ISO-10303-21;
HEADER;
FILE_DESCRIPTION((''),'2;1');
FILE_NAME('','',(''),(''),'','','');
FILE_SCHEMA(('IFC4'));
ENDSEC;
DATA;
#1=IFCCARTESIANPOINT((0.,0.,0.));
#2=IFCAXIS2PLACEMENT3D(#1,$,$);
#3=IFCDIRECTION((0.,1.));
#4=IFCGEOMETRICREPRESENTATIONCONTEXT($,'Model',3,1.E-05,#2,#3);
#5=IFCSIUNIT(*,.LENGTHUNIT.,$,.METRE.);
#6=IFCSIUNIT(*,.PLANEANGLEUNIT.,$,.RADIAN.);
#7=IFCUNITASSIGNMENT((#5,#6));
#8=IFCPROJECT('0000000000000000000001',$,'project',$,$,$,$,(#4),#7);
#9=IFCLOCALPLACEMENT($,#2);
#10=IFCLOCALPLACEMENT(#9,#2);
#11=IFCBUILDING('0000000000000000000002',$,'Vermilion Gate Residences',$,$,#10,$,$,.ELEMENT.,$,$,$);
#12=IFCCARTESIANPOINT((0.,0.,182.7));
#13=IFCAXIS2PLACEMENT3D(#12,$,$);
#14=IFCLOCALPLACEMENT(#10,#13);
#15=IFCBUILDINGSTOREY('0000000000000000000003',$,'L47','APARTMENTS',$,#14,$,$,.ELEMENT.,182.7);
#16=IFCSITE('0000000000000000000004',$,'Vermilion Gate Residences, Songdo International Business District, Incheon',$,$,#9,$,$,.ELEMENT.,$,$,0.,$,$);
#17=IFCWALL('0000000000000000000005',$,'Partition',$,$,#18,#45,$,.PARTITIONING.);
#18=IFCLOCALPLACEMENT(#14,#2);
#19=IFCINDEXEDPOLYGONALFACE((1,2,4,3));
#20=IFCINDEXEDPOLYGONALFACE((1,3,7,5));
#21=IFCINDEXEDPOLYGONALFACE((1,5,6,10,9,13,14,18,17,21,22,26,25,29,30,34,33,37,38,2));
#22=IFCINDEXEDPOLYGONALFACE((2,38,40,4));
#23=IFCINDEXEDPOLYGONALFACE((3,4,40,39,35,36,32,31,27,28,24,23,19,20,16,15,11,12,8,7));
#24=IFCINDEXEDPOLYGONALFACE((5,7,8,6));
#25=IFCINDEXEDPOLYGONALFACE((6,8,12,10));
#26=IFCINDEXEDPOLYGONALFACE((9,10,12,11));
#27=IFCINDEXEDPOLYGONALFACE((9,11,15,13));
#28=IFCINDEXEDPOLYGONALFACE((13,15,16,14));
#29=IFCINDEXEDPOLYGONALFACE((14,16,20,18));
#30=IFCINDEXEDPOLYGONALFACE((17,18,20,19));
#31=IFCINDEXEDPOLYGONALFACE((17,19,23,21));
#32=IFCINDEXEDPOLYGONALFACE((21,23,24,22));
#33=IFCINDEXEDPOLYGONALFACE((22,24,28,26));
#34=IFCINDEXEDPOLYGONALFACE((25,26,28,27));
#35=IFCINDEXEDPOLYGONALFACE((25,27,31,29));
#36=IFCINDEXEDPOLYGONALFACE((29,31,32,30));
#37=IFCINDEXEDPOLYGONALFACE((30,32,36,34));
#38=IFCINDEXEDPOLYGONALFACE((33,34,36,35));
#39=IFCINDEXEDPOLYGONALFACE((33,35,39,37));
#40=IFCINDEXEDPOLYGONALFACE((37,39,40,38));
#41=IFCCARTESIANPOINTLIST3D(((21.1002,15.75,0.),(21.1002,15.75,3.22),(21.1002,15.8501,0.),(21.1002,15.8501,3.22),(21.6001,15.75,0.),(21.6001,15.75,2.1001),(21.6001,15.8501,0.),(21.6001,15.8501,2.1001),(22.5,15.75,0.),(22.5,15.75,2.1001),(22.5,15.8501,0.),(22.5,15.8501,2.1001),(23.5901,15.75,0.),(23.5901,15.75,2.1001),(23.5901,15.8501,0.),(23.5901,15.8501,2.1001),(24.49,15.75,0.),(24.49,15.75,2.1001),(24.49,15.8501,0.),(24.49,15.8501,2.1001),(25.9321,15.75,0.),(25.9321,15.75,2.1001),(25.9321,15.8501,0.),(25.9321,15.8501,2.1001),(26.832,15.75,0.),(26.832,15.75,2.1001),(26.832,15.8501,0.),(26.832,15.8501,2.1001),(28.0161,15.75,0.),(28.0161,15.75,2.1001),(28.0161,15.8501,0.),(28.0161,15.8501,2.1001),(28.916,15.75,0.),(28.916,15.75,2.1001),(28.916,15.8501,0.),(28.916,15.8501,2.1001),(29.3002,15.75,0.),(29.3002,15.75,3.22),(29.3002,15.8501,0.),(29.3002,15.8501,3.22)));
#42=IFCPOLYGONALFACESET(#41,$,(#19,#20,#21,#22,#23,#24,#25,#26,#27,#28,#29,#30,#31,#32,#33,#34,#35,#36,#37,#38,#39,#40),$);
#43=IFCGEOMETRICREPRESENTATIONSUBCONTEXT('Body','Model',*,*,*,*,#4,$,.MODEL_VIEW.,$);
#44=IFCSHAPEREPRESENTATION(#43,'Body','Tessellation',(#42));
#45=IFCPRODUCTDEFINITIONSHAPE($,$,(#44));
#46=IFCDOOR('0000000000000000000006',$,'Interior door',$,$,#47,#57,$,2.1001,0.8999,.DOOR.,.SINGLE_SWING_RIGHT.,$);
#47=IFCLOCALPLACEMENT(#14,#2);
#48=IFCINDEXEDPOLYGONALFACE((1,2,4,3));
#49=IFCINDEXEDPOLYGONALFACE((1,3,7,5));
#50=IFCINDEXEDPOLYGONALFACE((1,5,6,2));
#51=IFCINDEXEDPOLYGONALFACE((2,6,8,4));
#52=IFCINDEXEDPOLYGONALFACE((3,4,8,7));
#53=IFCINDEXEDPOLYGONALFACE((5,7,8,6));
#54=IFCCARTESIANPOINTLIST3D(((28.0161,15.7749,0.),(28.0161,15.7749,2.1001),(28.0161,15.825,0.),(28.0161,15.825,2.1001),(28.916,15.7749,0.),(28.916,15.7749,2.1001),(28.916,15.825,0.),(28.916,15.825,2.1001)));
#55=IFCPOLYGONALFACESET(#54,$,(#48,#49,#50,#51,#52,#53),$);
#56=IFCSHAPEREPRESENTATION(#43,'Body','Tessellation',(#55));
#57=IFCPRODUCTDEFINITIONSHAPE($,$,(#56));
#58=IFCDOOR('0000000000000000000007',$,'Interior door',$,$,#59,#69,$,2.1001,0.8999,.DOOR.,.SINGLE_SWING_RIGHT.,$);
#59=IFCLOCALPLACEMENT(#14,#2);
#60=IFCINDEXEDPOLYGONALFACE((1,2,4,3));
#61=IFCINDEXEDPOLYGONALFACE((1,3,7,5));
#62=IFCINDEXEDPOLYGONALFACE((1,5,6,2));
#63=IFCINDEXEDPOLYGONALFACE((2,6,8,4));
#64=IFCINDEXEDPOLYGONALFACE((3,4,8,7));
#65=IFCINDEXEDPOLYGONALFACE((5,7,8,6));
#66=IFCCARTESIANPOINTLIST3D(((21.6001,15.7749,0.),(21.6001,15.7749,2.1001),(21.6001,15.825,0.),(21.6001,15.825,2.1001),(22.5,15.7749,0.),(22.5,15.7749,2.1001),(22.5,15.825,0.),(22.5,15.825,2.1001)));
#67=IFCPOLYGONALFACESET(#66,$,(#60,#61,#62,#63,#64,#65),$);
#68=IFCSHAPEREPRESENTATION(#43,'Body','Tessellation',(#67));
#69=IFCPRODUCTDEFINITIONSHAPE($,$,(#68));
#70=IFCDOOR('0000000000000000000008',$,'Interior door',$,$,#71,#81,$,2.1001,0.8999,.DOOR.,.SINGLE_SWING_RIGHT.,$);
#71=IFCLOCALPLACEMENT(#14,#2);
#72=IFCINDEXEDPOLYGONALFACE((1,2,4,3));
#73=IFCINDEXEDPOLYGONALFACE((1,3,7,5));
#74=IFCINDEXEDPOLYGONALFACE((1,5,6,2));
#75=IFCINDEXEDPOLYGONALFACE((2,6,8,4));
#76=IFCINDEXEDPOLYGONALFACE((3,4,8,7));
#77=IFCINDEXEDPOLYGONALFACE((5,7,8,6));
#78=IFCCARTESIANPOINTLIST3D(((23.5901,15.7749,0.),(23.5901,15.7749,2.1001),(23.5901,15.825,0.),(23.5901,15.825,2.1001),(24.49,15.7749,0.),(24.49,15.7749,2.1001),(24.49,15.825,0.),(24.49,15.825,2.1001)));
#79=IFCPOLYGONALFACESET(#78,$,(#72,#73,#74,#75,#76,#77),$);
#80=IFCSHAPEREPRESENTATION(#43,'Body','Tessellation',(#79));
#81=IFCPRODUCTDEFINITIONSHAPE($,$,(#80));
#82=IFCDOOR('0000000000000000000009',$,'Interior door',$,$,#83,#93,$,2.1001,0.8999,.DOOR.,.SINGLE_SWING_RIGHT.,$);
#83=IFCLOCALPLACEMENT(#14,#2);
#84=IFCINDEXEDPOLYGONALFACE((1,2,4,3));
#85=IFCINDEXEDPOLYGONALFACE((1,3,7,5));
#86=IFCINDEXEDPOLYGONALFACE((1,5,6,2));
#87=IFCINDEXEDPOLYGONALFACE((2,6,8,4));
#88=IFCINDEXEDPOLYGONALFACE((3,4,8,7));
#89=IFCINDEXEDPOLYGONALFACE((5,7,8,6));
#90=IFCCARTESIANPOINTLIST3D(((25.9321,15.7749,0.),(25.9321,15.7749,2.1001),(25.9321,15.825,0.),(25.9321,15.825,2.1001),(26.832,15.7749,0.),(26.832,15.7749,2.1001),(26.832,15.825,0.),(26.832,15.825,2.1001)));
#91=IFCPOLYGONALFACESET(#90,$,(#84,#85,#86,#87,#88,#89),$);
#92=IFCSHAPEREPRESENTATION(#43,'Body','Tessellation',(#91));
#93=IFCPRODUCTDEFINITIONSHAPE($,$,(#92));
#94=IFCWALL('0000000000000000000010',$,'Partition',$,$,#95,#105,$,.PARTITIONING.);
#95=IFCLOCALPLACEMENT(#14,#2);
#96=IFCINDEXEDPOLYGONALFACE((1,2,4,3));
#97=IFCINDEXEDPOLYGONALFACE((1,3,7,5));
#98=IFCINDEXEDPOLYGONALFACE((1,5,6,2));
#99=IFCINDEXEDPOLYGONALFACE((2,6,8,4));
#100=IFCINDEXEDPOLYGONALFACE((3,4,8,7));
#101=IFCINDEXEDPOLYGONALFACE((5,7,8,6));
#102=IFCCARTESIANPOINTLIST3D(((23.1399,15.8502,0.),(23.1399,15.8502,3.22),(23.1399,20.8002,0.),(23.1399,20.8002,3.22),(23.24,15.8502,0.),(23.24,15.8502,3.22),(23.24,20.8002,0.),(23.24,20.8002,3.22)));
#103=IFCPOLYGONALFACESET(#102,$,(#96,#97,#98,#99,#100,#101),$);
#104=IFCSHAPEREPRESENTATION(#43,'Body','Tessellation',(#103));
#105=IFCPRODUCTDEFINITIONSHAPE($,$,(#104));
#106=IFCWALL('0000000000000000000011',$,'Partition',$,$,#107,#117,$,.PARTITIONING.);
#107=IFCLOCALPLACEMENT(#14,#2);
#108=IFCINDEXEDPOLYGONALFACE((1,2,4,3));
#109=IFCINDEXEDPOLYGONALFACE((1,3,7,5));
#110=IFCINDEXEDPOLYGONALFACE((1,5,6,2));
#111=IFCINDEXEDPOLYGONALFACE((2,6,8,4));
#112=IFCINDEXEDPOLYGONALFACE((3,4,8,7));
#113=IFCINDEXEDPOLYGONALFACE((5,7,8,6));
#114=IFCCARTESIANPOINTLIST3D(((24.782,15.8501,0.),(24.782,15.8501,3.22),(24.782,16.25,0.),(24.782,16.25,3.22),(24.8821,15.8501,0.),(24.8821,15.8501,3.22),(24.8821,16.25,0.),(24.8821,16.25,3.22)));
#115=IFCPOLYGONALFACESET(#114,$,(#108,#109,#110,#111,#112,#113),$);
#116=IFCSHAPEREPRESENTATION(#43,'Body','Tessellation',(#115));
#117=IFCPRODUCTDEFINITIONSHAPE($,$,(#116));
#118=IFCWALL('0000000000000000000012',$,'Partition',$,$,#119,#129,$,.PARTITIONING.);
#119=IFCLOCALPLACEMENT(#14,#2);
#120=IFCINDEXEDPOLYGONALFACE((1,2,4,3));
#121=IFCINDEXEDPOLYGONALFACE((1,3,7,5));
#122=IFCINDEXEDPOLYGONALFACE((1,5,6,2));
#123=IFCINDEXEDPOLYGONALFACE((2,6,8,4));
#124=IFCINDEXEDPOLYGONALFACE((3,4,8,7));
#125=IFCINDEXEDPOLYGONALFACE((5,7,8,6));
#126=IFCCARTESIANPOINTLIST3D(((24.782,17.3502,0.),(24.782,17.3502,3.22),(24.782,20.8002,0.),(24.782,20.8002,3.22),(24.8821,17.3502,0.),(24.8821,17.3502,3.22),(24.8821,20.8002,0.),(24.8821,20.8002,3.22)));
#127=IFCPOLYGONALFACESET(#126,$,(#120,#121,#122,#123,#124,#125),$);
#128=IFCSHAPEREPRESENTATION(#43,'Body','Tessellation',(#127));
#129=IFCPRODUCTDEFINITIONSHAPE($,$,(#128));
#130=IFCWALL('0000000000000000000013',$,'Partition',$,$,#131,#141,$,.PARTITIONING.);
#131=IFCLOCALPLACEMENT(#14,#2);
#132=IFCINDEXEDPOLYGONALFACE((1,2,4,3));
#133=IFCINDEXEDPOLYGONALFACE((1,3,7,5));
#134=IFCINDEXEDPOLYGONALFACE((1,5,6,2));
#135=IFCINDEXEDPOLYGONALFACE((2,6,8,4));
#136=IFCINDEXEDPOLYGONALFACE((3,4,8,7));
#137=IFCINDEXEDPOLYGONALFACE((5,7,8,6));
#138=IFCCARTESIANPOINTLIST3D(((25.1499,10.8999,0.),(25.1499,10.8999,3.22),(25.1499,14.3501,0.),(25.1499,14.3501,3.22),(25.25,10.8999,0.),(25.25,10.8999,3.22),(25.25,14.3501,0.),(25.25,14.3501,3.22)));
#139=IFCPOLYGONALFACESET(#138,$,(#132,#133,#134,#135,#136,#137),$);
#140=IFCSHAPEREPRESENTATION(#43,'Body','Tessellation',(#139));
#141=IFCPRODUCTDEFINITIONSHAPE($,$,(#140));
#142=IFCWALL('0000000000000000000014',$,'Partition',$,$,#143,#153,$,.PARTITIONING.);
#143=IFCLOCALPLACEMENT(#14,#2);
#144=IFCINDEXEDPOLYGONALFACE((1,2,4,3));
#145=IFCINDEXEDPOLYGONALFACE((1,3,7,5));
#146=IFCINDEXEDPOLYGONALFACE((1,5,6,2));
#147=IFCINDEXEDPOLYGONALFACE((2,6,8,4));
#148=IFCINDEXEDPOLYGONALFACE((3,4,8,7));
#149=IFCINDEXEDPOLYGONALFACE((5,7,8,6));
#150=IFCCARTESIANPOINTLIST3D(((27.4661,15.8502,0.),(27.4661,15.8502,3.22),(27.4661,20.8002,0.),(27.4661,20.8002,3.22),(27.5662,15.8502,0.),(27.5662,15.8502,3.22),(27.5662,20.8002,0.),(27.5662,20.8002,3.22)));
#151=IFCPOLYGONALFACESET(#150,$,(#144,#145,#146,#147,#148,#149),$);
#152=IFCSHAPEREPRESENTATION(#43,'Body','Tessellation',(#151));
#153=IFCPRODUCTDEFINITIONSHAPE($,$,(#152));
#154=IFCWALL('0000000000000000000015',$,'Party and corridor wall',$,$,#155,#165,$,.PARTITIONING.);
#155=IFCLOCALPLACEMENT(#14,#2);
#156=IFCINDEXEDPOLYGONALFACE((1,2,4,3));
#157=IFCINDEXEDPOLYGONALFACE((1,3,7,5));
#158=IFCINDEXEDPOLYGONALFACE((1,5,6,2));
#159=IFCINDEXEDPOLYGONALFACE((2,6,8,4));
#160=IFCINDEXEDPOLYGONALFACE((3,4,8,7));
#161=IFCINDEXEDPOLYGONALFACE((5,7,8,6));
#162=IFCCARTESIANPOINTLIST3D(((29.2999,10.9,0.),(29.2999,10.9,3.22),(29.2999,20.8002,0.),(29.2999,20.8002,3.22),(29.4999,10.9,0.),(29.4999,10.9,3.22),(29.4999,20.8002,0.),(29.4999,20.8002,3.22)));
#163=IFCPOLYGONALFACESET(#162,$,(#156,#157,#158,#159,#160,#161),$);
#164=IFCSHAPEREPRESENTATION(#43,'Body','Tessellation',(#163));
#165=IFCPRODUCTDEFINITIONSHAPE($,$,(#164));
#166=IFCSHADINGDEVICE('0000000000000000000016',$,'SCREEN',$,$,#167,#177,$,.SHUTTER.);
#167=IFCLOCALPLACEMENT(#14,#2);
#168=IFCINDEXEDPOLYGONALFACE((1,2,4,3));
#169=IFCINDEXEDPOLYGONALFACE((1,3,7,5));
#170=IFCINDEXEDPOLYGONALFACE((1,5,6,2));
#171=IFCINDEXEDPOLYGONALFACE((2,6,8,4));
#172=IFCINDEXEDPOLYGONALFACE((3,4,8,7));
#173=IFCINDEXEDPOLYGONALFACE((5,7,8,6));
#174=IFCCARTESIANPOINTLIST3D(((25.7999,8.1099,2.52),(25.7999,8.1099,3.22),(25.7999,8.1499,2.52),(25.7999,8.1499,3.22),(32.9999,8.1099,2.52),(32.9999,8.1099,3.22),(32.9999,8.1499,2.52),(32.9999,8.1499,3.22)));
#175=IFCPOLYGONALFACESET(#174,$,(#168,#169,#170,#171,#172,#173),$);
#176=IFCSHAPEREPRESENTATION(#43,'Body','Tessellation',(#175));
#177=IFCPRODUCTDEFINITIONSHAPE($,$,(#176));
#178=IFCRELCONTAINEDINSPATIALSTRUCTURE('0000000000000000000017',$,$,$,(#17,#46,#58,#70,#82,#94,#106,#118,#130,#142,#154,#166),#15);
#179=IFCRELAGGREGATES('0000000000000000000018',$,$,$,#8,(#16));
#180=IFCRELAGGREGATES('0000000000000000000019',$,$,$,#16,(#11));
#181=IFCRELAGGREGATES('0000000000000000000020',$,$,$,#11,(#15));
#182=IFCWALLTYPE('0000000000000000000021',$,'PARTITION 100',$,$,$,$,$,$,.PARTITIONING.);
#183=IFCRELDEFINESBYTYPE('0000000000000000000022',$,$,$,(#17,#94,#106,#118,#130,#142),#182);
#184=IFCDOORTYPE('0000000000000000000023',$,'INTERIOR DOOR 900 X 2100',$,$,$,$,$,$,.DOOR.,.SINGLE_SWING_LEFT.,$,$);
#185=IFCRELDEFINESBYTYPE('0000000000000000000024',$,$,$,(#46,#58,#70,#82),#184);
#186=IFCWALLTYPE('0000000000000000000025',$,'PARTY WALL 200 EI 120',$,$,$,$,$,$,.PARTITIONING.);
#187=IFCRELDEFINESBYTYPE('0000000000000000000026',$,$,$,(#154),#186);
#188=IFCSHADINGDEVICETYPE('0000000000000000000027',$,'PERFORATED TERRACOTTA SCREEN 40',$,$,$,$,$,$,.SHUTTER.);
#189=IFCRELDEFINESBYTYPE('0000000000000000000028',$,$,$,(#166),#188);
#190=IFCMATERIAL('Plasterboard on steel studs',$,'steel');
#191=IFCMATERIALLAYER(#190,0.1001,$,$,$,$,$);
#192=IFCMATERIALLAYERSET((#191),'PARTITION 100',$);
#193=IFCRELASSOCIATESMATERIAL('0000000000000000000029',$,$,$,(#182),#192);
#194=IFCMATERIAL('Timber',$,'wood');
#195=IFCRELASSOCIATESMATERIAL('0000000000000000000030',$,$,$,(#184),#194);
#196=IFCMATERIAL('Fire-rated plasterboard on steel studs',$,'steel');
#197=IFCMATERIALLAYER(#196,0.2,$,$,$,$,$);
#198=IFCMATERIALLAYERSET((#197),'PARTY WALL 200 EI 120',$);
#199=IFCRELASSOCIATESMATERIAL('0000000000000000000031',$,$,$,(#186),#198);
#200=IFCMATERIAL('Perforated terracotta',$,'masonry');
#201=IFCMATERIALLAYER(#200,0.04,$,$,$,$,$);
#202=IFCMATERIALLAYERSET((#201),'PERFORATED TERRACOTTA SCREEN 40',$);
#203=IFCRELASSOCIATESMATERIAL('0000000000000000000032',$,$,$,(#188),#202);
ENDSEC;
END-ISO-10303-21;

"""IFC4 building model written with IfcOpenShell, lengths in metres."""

from ifc_helpers import new_model, si_unit, direction, frame, frame_2d, origin, origin_2d, place, context, subcontext, project, spatial, rectangle, extrude, material, layer, layer_set, type_object, element, fill, save


model = new_model("IFC4")

# Units and contexts
model_context = context("Model", 3, precision=1e-05, world=origin(), true_north=direction((0.0, 1.0)))
body_context = subcontext(model_context, "Body", "Model", "MODEL_VIEW")
ifc_project = project(units=[si_unit("LENGTHUNIT", "METRE"), si_unit("PLANEANGLEUNIT", "RADIAN")], contexts=[model_context])

# Site, building, storey
site_placement = place(None, origin())
site = spatial("IfcSite", under=ifc_project, at=site_placement, Name="Vermilion Gate Residences, Songdo International Business District, Incheon", CompositionType="ELEMENT", RefElevation=0.0)
building_placement = place(site_placement, origin())
building = spatial("IfcBuilding", under=site, at=building_placement, Name="Vermilion Gate Residences", CompositionType="ELEMENT")
storey_placement = place(building_placement, frame((0.0, 0.0, 182.7)))
storey = spatial("IfcBuildingStorey", under=building, at=storey_placement, Name="L47", Description="APARTMENTS", CompositionType="ELEMENT", Elevation=182.7)

# Wall, openings, doors
ifc_material_1 = material(Name="Plasterboard on steel studs", Category="steel")
ifc_layer_1 = layer(ifc_material_1, 0.1001)
ifc_layer_set_1 = layer_set([ifc_layer_1], Name="PARTITION 100")
wall_type_1 = type_object("IfcWallType", Name="PARTITION 100", PredefinedType="PARTITIONING", material=ifc_layer_set_1)
ifc_material_2 = material(Name="Timber", Category="wood")
door_type = type_object("IfcDoorType", Name="INTERIOR DOOR 900 X 2100", OperationType="SINGLE_SWING_LEFT", PredefinedType="DOOR", material=ifc_material_2)
wall_1_placement = place(storey_placement, frame((21.1001, 15.8, 0.0), z_axis=(0.0, 0.0, 1.0), x_axis=(1.0, 0.0, 0.0)))
wall_1 = element("IfcWall", 1, at=wall_1_placement, inside=storey, type_object=wall_type_1, Name="Partition", PredefinedType="PARTITIONING", context=body_context, shape_type="SweptSolid", body=[
    extrude(rectangle(XDim=8.2, YDim=0.1001, at=frame_2d((4.1001, 0.0))), origin(), (0.0, 0.0, 1.0), 3.22),
])
opening_1_placement = place(wall_1_placement, frame((6.916, 0.0, 0.0)))
opening_1 = element("IfcOpeningElement", 2, at=opening_1_placement, cuts=wall_1, PredefinedType="OPENING", context=body_context, shape_type="SweptSolid", body=[
    extrude(rectangle(XDim=0.8999, YDim=2.1001, at=frame_2d((0.45, 1.05))), frame((0.0, 0.0601, 0.0), z_axis=(0.0, -1.0, 0.0), x_axis=(1.0, 0.0, 0.0)), (0.0, 0.0, 1.0), 0.1201),
])
opening_2_placement = place(wall_1_placement, frame((0.5, 0.0, 0.0)))
opening_2 = element("IfcOpeningElement", 3, at=opening_2_placement, cuts=wall_1, PredefinedType="OPENING", context=body_context, shape_type="SweptSolid", body=[
    extrude(rectangle(XDim=0.8999, YDim=2.1001, at=frame_2d((0.45, 1.05))), frame((0.0, 0.0601, 0.0), z_axis=(0.0, -1.0, 0.0), x_axis=(1.0, 0.0, 0.0)), (0.0, 0.0, 1.0), 0.1201),
])
opening_3_placement = place(wall_1_placement, frame((2.49, 0.0, 0.0)))
opening_3 = element("IfcOpeningElement", 4, at=opening_3_placement, cuts=wall_1, PredefinedType="OPENING", context=body_context, shape_type="SweptSolid", body=[
    extrude(rectangle(XDim=0.8999, YDim=2.1001, at=frame_2d((0.45, 1.05))), frame((0.0, 0.0601, 0.0), z_axis=(0.0, -1.0, 0.0), x_axis=(1.0, 0.0, 0.0)), (0.0, 0.0, 1.0), 0.1201),
])
opening_4_placement = place(wall_1_placement, frame((4.832, 0.0, 0.0)))
opening_4 = element("IfcOpeningElement", 5, at=opening_4_placement, cuts=wall_1, PredefinedType="OPENING", context=body_context, shape_type="SweptSolid", body=[
    extrude(rectangle(XDim=0.8999, YDim=2.1001, at=frame_2d((0.45, 1.05))), frame((0.0, 0.0601, 0.0), z_axis=(0.0, -1.0, 0.0), x_axis=(1.0, 0.0, 0.0)), (0.0, 0.0, 1.0), 0.1201),
])
door_1_placement = place(opening_1_placement, origin())
door_1 = element("IfcDoor", 6, at=door_1_placement, inside=storey, type_object=door_type, Name="Interior door", OperationType="SINGLE_SWING_RIGHT", OverallHeight=2.1001, OverallWidth=0.8999, PredefinedType="DOOR", context=body_context, shape_type="SweptSolid", body=[
    extrude(rectangle(XDim=0.8999, YDim=2.1001, at=frame_2d((0.45, 1.05))), frame((0.0, 0.0249, 0.0), z_axis=(0.0, -1.0, 0.0), x_axis=(1.0, 0.0, 0.0)), (0.0, 0.0, 1.0), 0.05),
])
fill(opening_1, door_1)
door_2_placement = place(opening_2_placement, origin())
door_2 = element("IfcDoor", 7, at=door_2_placement, inside=storey, type_object=door_type, Name="Interior door", OperationType="SINGLE_SWING_RIGHT", OverallHeight=2.1001, OverallWidth=0.8999, PredefinedType="DOOR", context=body_context, shape_type="SweptSolid", body=[
    extrude(rectangle(XDim=0.8999, YDim=2.1001, at=frame_2d((0.45, 1.05))), frame((0.0, 0.0249, 0.0), z_axis=(0.0, -1.0, 0.0), x_axis=(1.0, 0.0, 0.0)), (0.0, 0.0, 1.0), 0.05),
])
fill(opening_2, door_2)
door_3_placement = place(opening_3_placement, origin())
door_3 = element("IfcDoor", 8, at=door_3_placement, inside=storey, type_object=door_type, Name="Interior door", OperationType="SINGLE_SWING_RIGHT", OverallHeight=2.1001, OverallWidth=0.8999, PredefinedType="DOOR", context=body_context, shape_type="SweptSolid", body=[
    extrude(rectangle(XDim=0.8999, YDim=2.1001, at=frame_2d((0.45, 1.05))), frame((0.0, 0.0249, 0.0), z_axis=(0.0, -1.0, 0.0), x_axis=(1.0, 0.0, 0.0)), (0.0, 0.0, 1.0), 0.05),
])
fill(opening_3, door_3)
door_4_placement = place(opening_4_placement, origin())
door_4 = element("IfcDoor", 9, at=door_4_placement, inside=storey, type_object=door_type, Name="Interior door", OperationType="SINGLE_SWING_RIGHT", OverallHeight=2.1001, OverallWidth=0.8999, PredefinedType="DOOR", context=body_context, shape_type="SweptSolid", body=[
    extrude(rectangle(XDim=0.8999, YDim=2.1001, at=frame_2d((0.45, 1.05))), frame((0.0, 0.0249, 0.0), z_axis=(0.0, -1.0, 0.0), x_axis=(1.0, 0.0, 0.0)), (0.0, 0.0, 1.0), 0.05),
])
fill(opening_4, door_4)

# Walls
wall_2_placement = place(storey_placement, frame((23.1899, 15.8501, 0.0), z_axis=(0.0, 0.0, 1.0), x_axis=(0.0, 1.0, 0.0)))
element("IfcWall", 10, at=wall_2_placement, inside=storey, type_object=wall_type_1, Name="Partition", PredefinedType="PARTITIONING", context=body_context, shape_type="SweptSolid", body=[
    extrude(rectangle(XDim=4.95, YDim=0.1001, at=frame_2d((2.4751, 0.0))), origin(), (0.0, 0.0, 1.0), 3.22),
])
wall_3_placement = place(storey_placement, frame((24.832, 15.8501, 0.0), z_axis=(0.0, 0.0, 1.0), x_axis=(0.0, 1.0, 0.0)))
element("IfcWall", 11, at=wall_3_placement, inside=storey, type_object=wall_type_1, Name="Partition", PredefinedType="PARTITIONING", context=body_context, shape_type="SweptSolid", body=[
    extrude(rectangle(XDim=0.3999, YDim=0.1001, at=frame_2d((0.2, 0.0))), origin(), (0.0, 0.0, 1.0), 3.22),
])
wall_4_placement = place(storey_placement, frame((24.832, 17.3501, 0.0), z_axis=(0.0, 0.0, 1.0), x_axis=(0.0, 1.0, 0.0)))
element("IfcWall", 12, at=wall_4_placement, inside=storey, type_object=wall_type_1, Name="Partition", PredefinedType="PARTITIONING", context=body_context, shape_type="SweptSolid", body=[
    extrude(rectangle(XDim=3.45, YDim=0.1001, at=frame_2d((1.7251, 0.0))), origin(), (0.0, 0.0, 1.0), 3.22),
])
wall_5_placement = place(storey_placement, frame((25.2, 10.8999, 0.0), z_axis=(0.0, 0.0, 1.0), x_axis=(0.0, 1.0, 0.0)))
element("IfcWall", 13, at=wall_5_placement, inside=storey, type_object=wall_type_1, Name="Partition", PredefinedType="PARTITIONING", context=body_context, shape_type="SweptSolid", body=[
    extrude(rectangle(XDim=3.4502, YDim=0.1001, at=frame_2d((1.7251, 0.0))), origin(), (0.0, 0.0, 1.0), 3.22),
])
wall_6_placement = place(storey_placement, frame((27.5161, 15.8501, 0.0), z_axis=(0.0, 0.0, 1.0), x_axis=(0.0, 1.0, 0.0)))
element("IfcWall", 14, at=wall_6_placement, inside=storey, type_object=wall_type_1, Name="Partition", PredefinedType="PARTITIONING", context=body_context, shape_type="SweptSolid", body=[
    extrude(rectangle(XDim=4.95, YDim=0.1001, at=frame_2d((2.4751, 0.0))), origin(), (0.0, 0.0, 1.0), 3.22),
])
ifc_material_3 = material(Name="Fire-rated plasterboard on steel studs", Category="steel")
ifc_layer_2 = layer(ifc_material_3, 0.2)
ifc_layer_set_2 = layer_set([ifc_layer_2], Name="PARTY WALL 200 EI 120")
wall_type_2 = type_object("IfcWallType", Name="PARTY WALL 200 EI 120", PredefinedType="PARTITIONING", material=ifc_layer_set_2)
wall_7_placement = place(storey_placement, frame((29.3999, 10.8999, 0.0), z_axis=(0.0, 0.0, 1.0), x_axis=(0.0, 1.0, 0.0)))
element("IfcWall", 15, at=wall_7_placement, inside=storey, type_object=wall_type_2, Name="Party and corridor wall", PredefinedType="PARTITIONING", context=body_context, shape_type="SweptSolid", body=[
    extrude(rectangle(XDim=9.9001, YDim=0.2, at=frame_2d((4.9502, 0.0))), origin(), (0.0, 0.0, 1.0), 3.22),
])

# Shading device
ifc_material_4 = material(Name="Perforated terracotta", Category="masonry")
ifc_layer_3 = layer(ifc_material_4, 0.04)
ifc_layer_set_3 = layer_set([ifc_layer_3], Name="PERFORATED TERRACOTTA SCREEN 40")
shading_device_type_1 = type_object("IfcShadingDeviceType", Name="PERFORATED TERRACOTTA SCREEN 40", PredefinedType="SHUTTER", material=ifc_layer_set_3)
shading_device_1_placement = place(storey_placement, frame((29.3999, 8.1299, 2.52), z_axis=(0.0, 0.0, 1.0), x_axis=(1.0, 0.0, 0.0)))
element("IfcShadingDevice", 16, at=shading_device_1_placement, inside=storey, type_object=shading_device_type_1, Name="SCREEN", PredefinedType="SHUTTER", context=body_context, shape_type="SweptSolid", body=[
    extrude(rectangle(XDim=7.2, YDim=0.04, at=origin_2d()), origin(), (0.0, 0.0, 1.0), 0.7),
])

save(model, "model.ifc")
